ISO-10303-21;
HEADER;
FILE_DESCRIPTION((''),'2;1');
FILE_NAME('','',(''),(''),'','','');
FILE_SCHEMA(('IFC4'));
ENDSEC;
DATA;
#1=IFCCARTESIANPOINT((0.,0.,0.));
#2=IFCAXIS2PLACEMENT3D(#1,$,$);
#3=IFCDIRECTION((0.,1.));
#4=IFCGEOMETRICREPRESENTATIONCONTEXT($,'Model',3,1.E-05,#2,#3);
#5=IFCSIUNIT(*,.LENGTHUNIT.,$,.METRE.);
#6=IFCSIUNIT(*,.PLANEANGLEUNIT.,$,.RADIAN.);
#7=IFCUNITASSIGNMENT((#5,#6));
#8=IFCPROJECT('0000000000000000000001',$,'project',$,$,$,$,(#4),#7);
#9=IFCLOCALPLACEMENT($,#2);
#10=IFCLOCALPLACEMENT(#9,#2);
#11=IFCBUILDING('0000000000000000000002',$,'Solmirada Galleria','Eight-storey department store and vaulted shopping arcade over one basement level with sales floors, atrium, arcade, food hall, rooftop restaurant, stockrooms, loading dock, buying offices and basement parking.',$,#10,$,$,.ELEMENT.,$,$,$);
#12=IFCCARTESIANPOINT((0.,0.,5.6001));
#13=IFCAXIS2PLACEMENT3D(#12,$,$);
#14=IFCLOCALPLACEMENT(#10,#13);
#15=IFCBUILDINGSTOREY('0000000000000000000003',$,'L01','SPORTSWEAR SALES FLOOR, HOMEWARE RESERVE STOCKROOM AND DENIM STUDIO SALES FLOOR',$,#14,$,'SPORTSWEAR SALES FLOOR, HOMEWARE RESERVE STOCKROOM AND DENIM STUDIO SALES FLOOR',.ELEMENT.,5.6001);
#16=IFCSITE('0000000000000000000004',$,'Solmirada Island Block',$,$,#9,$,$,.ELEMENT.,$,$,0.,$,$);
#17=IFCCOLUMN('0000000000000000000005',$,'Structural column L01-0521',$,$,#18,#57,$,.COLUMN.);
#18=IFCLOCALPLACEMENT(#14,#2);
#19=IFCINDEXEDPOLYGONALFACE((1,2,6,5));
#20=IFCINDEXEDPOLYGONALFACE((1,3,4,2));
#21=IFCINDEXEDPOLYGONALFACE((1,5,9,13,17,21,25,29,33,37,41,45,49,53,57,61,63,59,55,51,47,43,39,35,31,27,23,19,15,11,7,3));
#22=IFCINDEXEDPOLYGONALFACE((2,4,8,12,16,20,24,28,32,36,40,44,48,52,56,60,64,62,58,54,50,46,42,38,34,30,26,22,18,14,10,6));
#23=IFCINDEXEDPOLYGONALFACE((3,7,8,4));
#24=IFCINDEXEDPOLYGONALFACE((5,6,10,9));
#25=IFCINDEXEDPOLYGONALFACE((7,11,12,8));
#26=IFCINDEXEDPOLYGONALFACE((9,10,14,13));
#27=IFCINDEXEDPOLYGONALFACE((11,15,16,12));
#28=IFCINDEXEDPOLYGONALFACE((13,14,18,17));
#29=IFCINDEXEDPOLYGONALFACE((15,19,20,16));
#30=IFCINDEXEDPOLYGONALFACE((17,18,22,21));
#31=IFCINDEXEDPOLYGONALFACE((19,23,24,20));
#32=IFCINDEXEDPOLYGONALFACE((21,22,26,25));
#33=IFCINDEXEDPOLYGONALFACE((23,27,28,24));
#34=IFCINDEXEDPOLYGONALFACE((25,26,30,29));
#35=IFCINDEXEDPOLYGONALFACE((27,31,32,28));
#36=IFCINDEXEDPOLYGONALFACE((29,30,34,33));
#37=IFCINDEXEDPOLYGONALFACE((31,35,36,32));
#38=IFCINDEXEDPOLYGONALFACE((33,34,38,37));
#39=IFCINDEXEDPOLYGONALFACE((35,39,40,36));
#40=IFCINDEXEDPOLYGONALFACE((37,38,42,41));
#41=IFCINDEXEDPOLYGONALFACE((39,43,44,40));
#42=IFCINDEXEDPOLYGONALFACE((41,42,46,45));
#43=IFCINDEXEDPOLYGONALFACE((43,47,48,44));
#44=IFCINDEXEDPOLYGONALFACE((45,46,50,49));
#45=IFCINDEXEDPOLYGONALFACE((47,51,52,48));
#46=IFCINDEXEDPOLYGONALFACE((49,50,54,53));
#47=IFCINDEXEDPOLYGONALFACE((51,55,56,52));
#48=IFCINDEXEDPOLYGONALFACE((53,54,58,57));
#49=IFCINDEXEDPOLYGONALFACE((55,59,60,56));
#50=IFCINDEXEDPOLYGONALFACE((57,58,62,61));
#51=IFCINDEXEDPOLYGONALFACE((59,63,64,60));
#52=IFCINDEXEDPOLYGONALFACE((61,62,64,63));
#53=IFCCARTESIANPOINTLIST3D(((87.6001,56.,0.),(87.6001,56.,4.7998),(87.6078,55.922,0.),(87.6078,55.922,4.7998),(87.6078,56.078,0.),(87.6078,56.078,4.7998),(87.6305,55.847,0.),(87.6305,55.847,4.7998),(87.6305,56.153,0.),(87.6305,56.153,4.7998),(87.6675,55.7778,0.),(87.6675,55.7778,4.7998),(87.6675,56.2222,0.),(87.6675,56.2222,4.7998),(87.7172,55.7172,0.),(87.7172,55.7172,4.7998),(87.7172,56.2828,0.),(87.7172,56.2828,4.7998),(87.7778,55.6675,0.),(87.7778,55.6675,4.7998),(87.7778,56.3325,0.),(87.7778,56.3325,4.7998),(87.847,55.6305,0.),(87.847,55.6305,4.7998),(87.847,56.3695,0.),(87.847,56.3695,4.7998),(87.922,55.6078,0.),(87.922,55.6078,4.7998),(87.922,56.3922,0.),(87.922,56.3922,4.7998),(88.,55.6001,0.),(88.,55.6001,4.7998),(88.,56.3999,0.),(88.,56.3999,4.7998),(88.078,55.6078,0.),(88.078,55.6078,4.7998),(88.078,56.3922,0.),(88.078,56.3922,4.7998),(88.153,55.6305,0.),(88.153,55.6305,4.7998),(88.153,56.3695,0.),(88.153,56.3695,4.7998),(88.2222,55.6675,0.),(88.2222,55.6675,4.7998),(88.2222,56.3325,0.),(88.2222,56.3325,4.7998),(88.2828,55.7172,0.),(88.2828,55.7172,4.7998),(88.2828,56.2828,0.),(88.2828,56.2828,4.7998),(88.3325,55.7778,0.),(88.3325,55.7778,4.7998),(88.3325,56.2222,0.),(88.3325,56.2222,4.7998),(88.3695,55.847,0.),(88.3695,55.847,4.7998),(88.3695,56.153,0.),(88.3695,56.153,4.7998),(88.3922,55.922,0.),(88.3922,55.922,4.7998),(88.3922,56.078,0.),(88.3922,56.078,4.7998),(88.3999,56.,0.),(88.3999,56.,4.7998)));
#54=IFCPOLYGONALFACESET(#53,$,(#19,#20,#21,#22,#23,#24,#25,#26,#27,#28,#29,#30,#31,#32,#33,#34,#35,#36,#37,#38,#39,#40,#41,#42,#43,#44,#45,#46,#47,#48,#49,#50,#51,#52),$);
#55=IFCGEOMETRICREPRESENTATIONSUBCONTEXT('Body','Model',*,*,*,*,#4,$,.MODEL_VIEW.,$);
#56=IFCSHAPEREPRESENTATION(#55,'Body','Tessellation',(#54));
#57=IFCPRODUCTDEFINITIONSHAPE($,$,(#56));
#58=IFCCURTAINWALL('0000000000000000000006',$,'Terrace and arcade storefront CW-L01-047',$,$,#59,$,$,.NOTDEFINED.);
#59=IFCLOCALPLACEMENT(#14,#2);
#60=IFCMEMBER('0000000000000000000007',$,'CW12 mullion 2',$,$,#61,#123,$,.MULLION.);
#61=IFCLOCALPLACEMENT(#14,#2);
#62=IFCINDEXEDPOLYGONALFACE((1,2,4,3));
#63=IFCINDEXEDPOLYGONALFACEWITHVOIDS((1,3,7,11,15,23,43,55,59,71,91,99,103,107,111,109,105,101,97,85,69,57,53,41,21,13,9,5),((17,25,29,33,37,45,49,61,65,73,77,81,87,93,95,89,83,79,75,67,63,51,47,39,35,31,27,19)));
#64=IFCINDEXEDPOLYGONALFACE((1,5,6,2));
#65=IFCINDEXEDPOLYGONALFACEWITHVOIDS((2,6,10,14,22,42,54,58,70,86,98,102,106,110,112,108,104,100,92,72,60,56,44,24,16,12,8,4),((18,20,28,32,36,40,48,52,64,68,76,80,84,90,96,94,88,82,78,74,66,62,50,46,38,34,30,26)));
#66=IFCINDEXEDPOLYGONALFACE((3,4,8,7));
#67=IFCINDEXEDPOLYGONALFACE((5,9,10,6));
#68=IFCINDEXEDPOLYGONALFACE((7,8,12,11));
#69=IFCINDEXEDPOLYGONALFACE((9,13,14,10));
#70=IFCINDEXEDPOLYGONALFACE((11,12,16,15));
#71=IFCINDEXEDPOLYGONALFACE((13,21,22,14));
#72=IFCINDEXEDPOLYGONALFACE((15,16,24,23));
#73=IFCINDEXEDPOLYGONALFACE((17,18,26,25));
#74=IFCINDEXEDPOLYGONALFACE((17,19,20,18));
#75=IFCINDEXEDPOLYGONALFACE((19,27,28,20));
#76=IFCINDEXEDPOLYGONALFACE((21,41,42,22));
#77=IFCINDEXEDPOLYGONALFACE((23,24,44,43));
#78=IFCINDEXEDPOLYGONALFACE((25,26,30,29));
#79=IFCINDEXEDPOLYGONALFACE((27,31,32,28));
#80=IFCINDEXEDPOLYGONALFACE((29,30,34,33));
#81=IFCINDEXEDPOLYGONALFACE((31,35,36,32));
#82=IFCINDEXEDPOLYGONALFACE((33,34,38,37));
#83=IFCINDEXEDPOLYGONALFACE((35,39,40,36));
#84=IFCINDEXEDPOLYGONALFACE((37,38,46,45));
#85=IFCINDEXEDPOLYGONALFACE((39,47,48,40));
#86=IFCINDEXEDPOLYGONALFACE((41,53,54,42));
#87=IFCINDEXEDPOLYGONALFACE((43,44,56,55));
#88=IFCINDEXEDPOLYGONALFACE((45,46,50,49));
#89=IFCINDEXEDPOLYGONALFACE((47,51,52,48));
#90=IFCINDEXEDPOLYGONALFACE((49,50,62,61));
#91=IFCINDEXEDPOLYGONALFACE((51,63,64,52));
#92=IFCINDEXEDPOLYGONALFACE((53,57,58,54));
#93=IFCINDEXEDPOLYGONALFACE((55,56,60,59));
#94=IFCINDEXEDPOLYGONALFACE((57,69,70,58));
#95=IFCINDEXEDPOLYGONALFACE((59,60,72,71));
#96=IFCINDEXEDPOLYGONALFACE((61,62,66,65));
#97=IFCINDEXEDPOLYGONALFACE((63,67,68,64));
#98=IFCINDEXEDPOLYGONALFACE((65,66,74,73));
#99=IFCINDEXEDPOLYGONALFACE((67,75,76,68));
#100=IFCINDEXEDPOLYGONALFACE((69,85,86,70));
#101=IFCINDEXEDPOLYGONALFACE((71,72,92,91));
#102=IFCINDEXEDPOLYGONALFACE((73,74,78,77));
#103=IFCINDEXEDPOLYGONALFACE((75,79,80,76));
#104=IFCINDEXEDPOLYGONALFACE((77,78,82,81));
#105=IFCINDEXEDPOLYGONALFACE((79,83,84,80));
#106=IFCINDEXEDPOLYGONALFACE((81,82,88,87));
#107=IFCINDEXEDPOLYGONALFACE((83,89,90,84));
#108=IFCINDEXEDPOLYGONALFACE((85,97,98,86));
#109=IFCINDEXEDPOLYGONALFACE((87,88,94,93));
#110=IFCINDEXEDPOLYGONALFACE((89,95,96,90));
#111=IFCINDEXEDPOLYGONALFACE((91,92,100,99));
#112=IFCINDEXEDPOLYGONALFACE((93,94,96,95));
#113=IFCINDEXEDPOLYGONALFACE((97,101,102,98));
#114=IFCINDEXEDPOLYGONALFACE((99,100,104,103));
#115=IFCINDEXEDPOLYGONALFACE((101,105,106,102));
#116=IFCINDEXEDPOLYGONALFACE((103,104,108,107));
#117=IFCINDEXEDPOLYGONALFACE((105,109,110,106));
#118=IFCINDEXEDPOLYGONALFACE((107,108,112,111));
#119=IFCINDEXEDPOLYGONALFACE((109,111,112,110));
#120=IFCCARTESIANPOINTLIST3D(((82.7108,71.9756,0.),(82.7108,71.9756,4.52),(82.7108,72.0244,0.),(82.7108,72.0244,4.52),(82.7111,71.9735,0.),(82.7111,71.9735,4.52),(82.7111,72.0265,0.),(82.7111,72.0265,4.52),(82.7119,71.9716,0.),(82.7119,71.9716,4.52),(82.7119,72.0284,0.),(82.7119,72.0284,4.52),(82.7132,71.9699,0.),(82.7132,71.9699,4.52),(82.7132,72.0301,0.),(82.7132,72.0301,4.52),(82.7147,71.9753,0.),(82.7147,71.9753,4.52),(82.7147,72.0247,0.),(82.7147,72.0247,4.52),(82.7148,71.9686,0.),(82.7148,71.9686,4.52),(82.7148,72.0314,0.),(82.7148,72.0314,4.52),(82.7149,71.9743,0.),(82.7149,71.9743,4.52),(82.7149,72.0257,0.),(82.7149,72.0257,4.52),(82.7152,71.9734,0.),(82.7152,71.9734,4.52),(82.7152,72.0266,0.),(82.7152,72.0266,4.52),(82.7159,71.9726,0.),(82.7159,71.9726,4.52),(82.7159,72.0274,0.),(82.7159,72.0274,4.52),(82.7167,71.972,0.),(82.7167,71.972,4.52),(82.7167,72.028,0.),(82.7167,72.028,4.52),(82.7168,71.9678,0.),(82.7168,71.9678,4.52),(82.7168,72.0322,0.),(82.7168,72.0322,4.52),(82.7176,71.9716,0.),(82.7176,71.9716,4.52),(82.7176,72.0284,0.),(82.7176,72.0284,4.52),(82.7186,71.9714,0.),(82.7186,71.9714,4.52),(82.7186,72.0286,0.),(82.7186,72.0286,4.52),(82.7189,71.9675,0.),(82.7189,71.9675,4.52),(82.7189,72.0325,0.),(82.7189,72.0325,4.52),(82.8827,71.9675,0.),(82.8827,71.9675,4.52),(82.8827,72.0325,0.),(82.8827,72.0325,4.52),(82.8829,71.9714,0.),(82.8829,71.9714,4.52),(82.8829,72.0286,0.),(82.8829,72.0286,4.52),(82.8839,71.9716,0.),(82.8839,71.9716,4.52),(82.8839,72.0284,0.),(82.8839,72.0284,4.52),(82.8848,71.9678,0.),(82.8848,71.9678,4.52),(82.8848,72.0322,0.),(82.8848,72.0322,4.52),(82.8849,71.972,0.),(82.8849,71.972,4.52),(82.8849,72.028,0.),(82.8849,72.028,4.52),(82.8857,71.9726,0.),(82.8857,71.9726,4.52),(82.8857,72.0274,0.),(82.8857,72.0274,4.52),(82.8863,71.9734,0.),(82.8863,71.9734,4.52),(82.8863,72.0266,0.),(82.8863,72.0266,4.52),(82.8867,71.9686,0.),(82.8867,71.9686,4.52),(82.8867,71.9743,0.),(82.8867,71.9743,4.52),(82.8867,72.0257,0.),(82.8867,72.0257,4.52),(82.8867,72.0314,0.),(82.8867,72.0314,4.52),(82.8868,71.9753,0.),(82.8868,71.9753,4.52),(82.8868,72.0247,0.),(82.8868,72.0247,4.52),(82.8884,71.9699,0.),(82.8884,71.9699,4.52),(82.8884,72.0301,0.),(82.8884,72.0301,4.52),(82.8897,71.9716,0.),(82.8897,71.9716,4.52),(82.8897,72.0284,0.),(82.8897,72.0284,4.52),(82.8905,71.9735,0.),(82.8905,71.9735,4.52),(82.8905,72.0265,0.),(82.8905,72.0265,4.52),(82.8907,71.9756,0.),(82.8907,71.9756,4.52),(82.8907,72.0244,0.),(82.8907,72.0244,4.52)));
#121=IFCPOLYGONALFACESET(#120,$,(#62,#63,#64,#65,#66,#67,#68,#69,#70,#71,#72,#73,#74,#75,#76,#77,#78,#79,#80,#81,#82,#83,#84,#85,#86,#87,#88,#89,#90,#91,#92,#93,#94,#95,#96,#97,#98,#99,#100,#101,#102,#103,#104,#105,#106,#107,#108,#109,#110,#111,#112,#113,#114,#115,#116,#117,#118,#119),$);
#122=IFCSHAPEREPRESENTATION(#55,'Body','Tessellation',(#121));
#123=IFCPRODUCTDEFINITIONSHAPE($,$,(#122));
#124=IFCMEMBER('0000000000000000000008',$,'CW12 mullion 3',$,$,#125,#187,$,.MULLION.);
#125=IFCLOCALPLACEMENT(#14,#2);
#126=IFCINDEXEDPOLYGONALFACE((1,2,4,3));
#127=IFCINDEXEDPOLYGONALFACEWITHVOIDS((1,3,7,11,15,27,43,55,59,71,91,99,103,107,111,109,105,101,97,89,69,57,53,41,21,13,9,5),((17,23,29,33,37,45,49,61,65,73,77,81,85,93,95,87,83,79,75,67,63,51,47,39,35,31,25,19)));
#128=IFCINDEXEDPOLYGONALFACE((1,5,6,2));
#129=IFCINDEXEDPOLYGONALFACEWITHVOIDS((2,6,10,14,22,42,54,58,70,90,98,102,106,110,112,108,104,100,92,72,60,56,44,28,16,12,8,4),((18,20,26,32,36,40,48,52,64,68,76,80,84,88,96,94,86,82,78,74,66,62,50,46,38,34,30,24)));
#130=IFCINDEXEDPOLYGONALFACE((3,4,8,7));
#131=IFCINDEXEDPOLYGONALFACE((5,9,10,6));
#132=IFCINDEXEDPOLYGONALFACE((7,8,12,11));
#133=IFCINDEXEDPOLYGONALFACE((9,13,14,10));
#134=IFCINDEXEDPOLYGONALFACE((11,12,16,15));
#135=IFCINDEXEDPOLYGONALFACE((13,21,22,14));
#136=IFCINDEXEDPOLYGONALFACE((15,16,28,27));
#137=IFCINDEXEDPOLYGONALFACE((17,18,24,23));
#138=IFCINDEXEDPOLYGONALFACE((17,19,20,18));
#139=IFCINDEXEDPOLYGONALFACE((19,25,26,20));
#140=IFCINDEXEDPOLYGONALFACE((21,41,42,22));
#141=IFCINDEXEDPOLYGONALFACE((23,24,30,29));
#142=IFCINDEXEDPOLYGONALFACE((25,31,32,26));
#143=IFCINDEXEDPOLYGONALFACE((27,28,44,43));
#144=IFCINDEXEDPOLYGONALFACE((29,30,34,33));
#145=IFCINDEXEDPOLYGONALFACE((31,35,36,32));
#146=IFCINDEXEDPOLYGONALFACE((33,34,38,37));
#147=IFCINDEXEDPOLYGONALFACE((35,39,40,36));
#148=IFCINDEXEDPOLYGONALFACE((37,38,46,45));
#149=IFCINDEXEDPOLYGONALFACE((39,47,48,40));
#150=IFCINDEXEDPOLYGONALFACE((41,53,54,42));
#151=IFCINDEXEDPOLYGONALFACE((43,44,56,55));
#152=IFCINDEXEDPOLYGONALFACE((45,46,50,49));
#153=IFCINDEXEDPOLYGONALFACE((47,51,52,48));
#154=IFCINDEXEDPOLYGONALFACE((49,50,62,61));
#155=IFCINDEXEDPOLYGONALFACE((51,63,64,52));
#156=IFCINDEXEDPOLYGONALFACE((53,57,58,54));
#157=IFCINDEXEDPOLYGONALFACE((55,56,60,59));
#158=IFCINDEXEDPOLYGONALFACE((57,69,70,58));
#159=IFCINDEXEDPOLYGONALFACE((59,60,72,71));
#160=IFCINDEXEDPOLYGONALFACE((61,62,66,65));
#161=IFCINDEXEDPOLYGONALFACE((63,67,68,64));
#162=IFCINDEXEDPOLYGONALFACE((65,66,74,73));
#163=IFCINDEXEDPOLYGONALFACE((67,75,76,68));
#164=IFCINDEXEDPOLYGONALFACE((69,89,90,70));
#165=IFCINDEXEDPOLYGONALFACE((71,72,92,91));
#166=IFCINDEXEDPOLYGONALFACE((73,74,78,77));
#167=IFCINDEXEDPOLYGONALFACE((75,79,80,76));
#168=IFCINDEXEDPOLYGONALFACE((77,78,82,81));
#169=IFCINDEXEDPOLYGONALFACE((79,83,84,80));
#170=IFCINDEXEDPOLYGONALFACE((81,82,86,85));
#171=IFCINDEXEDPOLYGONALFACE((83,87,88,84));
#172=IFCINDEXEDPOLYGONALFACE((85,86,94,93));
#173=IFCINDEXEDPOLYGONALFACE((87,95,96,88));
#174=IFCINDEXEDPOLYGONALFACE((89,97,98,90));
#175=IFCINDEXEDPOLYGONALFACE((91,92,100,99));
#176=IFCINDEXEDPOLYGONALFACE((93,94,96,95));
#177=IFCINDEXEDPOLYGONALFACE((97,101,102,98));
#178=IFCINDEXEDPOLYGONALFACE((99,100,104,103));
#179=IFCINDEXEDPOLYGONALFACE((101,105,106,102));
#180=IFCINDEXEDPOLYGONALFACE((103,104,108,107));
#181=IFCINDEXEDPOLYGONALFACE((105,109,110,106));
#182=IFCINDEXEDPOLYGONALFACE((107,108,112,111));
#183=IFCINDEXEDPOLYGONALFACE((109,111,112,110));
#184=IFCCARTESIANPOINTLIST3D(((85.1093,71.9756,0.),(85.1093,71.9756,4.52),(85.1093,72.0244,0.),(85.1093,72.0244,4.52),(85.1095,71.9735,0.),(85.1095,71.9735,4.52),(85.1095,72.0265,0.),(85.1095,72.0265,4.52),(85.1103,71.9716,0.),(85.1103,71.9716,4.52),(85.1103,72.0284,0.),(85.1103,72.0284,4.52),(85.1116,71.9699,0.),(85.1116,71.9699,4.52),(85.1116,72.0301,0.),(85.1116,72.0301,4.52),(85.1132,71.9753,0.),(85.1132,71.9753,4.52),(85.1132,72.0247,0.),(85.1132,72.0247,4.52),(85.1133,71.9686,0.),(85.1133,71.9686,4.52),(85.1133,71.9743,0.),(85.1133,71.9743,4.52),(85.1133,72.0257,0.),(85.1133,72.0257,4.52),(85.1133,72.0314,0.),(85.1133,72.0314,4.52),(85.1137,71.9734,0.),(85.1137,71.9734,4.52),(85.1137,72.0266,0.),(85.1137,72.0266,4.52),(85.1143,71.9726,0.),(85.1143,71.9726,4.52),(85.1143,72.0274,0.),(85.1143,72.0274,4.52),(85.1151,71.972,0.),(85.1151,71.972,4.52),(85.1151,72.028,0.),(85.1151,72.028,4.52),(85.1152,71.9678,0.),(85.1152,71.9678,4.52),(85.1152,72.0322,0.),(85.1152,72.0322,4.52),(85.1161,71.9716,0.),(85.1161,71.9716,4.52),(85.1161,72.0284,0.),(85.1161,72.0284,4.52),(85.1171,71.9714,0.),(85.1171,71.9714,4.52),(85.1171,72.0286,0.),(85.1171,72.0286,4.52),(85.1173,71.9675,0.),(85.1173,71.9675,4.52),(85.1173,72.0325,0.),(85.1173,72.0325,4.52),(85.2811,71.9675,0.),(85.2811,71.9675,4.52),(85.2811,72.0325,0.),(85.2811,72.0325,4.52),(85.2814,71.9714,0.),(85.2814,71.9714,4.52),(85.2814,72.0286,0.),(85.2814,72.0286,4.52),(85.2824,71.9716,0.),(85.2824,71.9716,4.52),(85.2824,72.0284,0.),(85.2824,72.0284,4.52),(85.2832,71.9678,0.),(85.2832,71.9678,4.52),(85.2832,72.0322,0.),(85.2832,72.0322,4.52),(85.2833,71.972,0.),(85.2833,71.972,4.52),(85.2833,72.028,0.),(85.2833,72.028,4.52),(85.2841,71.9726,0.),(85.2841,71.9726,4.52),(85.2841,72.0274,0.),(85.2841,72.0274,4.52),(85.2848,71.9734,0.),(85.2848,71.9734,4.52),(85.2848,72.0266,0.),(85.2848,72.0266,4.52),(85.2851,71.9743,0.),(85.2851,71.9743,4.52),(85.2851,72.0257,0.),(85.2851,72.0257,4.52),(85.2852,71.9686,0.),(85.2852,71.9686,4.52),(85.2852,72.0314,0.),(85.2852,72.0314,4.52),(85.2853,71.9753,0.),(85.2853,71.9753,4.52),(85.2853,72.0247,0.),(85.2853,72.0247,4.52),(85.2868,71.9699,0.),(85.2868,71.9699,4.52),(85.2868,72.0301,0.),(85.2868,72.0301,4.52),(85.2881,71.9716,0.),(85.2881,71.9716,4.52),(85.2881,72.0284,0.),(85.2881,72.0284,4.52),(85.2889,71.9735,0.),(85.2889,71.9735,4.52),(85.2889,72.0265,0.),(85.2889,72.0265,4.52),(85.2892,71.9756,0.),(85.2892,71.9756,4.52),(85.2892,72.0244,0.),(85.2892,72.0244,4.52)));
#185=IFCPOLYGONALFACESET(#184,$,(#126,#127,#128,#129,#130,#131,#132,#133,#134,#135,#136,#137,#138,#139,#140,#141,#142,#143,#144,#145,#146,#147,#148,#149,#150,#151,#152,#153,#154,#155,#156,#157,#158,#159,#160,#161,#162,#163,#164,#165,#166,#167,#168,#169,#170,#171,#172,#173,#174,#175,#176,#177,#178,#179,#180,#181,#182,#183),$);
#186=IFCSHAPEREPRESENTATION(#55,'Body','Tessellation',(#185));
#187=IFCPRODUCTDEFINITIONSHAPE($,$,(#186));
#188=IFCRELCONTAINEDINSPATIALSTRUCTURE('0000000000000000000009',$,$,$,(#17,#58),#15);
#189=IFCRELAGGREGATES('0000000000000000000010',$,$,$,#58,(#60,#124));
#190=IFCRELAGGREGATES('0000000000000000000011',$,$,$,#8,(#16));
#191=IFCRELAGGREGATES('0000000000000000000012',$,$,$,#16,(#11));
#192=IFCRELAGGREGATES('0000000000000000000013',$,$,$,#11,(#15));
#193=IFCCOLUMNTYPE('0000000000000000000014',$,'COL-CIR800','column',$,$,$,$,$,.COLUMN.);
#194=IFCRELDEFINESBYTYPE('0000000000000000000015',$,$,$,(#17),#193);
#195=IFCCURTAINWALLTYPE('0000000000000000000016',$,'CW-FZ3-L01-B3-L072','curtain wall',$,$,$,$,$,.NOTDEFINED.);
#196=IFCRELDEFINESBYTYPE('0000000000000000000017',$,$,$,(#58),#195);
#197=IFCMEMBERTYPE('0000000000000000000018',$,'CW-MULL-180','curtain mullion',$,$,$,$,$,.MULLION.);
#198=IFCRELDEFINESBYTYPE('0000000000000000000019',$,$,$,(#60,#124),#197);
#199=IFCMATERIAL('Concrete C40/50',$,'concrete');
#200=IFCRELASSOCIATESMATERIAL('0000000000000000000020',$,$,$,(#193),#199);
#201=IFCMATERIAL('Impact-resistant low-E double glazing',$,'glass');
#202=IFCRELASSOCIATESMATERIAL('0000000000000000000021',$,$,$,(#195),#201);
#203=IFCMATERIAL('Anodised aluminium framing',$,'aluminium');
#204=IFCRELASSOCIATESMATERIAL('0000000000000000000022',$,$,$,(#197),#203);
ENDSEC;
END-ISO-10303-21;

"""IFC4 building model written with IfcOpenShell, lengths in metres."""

from ifc_helpers import new_model, si_unit, direction, frame, origin, origin_2d, place, context, subcontext, project, spatial, hollow_rectangle, circle, extrude, material, material_profile, profile_set, type_object, element, aggregate, save


model = new_model("IFC4")

# Units and contexts
model_context = context("Model", 3, precision=1e-05, world=origin(), true_north=direction((0.0, 1.0)))
body_context = subcontext(model_context, "Body", "Model", "MODEL_VIEW")
ifc_project = project(units=[si_unit("LENGTHUNIT", "METRE"), si_unit("PLANEANGLEUNIT", "RADIAN")], contexts=[model_context])

# Site, building, storey
site_placement = place(None, origin())
site = spatial("IfcSite", under=ifc_project, at=site_placement, Name="Solmirada Island Block", CompositionType="ELEMENT", RefElevation=0.0)
building_placement = place(site_placement, origin())
building = spatial("IfcBuilding", under=site, at=building_placement, Name="Solmirada Galleria", Description="Eight-storey department store and vaulted shopping arcade over one basement level with sales floors, atrium, arcade, food hall, rooftop restaurant, stockrooms, loading dock, buying offices and basement parking.", CompositionType="ELEMENT")
storey_placement = place(building_placement, frame((0.0, 0.0, 5.6001)))
storey = spatial("IfcBuildingStorey", under=building, at=storey_placement, Name="L01", Description="SPORTSWEAR SALES FLOOR, HOMEWARE RESERVE STOCKROOM AND DENIM STUDIO SALES FLOOR", LongName="SPORTSWEAR SALES FLOOR, HOMEWARE RESERVE STOCKROOM AND DENIM STUDIO SALES FLOOR", CompositionType="ELEMENT", Elevation=5.6001)

# Column
ifc_material_1 = material(Name="Concrete C40/50", Category="concrete")
ifc_material_profile_1 = material_profile(ifc_material_1, circle(Radius=0.3999, at=origin_2d()), Name="RCCOL800")
ifc_profile_set_1 = profile_set([ifc_material_profile_1], Name="Concrete C40/50")
column_type = type_object("IfcColumnType", Name="COL-CIR800", Description="column", PredefinedType="COLUMN", material=ifc_profile_set_1)
column_placement = place(storey_placement, frame((88.0, 56.0, 0.0), z_axis=(0.0, 0.0, 1.0), x_axis=(1.0, 0.0, 0.0)))
element("IfcColumn", 1, at=column_placement, inside=storey, type_object=column_type, Name="Structural column L01-0521", PredefinedType="COLUMN", context=body_context, shape_type="SweptSolid", body=[
    extrude(circle(Radius=0.3999, at=origin_2d()), origin(), (0.0, 0.0, 1.0), 4.7998),
])

# Curtain wall, members
ifc_material_2 = material(Name="Impact-resistant low-E double glazing", Category="glass")
curtain_wall_type_1 = type_object("IfcCurtainWallType", Name="CW-FZ3-L01-B3-L072", Description="curtain wall", PredefinedType="NOTDEFINED", material=ifc_material_2)
curtain_wall_1_placement = place(storey_placement, origin())
curtain_wall_1 = element("IfcCurtainWall", 2, at=curtain_wall_1_placement, inside=storey, type_object=curtain_wall_type_1, Name="Terrace and arcade storefront CW-L01-047", PredefinedType="NOTDEFINED")
ifc_material_3 = material(Name="Anodised aluminium framing", Category="aluminium")
ifc_material_profile_2 = material_profile(ifc_material_3, hollow_rectangle(XDim=0.0649, YDim=0.1799, WallThickness=0.0039, InnerFilletRadius=0.0039, OuterFilletRadius=0.0081, at=origin_2d()), Name="ALU-MULL-180X65")
ifc_profile_set_2 = profile_set([ifc_material_profile_2], Name="Anodised aluminium framing")
member_type_1 = type_object("IfcMemberType", Name="CW-MULL-180", Description="curtain mullion", PredefinedType="MULLION", material=ifc_profile_set_2)
member_1_placement = place(storey_placement, frame((82.8008, 72.0, 0.0), z_axis=(0.0, 0.0, 1.0), x_axis=(0.0, 1.0, 0.0)))
member_1 = element("IfcMember", 3, at=member_1_placement, type_object=member_type_1, Name="CW12 mullion 2", PredefinedType="MULLION", context=body_context, shape_type="SweptSolid", body=[
    extrude(hollow_rectangle(XDim=0.0649, YDim=0.1799, WallThickness=0.0039, InnerFilletRadius=0.0039, OuterFilletRadius=0.0081, at=origin_2d()), origin(), (0.0, 0.0, 1.0), 4.52),
])
member_2_placement = place(storey_placement, frame((85.1992, 72.0, 0.0), z_axis=(0.0, 0.0, 1.0), x_axis=(0.0, 1.0, 0.0)))
member_2 = element("IfcMember", 4, at=member_2_placement, type_object=member_type_1, Name="CW12 mullion 3", PredefinedType="MULLION", context=body_context, shape_type="SweptSolid", body=[
    extrude(hollow_rectangle(XDim=0.0649, YDim=0.1799, WallThickness=0.0039, InnerFilletRadius=0.0039, OuterFilletRadius=0.0081, at=origin_2d()), origin(), (0.0, 0.0, 1.0), 4.52),
])

aggregate(curtain_wall_1, [member_1, member_2])

save(model, "model.ifc")
